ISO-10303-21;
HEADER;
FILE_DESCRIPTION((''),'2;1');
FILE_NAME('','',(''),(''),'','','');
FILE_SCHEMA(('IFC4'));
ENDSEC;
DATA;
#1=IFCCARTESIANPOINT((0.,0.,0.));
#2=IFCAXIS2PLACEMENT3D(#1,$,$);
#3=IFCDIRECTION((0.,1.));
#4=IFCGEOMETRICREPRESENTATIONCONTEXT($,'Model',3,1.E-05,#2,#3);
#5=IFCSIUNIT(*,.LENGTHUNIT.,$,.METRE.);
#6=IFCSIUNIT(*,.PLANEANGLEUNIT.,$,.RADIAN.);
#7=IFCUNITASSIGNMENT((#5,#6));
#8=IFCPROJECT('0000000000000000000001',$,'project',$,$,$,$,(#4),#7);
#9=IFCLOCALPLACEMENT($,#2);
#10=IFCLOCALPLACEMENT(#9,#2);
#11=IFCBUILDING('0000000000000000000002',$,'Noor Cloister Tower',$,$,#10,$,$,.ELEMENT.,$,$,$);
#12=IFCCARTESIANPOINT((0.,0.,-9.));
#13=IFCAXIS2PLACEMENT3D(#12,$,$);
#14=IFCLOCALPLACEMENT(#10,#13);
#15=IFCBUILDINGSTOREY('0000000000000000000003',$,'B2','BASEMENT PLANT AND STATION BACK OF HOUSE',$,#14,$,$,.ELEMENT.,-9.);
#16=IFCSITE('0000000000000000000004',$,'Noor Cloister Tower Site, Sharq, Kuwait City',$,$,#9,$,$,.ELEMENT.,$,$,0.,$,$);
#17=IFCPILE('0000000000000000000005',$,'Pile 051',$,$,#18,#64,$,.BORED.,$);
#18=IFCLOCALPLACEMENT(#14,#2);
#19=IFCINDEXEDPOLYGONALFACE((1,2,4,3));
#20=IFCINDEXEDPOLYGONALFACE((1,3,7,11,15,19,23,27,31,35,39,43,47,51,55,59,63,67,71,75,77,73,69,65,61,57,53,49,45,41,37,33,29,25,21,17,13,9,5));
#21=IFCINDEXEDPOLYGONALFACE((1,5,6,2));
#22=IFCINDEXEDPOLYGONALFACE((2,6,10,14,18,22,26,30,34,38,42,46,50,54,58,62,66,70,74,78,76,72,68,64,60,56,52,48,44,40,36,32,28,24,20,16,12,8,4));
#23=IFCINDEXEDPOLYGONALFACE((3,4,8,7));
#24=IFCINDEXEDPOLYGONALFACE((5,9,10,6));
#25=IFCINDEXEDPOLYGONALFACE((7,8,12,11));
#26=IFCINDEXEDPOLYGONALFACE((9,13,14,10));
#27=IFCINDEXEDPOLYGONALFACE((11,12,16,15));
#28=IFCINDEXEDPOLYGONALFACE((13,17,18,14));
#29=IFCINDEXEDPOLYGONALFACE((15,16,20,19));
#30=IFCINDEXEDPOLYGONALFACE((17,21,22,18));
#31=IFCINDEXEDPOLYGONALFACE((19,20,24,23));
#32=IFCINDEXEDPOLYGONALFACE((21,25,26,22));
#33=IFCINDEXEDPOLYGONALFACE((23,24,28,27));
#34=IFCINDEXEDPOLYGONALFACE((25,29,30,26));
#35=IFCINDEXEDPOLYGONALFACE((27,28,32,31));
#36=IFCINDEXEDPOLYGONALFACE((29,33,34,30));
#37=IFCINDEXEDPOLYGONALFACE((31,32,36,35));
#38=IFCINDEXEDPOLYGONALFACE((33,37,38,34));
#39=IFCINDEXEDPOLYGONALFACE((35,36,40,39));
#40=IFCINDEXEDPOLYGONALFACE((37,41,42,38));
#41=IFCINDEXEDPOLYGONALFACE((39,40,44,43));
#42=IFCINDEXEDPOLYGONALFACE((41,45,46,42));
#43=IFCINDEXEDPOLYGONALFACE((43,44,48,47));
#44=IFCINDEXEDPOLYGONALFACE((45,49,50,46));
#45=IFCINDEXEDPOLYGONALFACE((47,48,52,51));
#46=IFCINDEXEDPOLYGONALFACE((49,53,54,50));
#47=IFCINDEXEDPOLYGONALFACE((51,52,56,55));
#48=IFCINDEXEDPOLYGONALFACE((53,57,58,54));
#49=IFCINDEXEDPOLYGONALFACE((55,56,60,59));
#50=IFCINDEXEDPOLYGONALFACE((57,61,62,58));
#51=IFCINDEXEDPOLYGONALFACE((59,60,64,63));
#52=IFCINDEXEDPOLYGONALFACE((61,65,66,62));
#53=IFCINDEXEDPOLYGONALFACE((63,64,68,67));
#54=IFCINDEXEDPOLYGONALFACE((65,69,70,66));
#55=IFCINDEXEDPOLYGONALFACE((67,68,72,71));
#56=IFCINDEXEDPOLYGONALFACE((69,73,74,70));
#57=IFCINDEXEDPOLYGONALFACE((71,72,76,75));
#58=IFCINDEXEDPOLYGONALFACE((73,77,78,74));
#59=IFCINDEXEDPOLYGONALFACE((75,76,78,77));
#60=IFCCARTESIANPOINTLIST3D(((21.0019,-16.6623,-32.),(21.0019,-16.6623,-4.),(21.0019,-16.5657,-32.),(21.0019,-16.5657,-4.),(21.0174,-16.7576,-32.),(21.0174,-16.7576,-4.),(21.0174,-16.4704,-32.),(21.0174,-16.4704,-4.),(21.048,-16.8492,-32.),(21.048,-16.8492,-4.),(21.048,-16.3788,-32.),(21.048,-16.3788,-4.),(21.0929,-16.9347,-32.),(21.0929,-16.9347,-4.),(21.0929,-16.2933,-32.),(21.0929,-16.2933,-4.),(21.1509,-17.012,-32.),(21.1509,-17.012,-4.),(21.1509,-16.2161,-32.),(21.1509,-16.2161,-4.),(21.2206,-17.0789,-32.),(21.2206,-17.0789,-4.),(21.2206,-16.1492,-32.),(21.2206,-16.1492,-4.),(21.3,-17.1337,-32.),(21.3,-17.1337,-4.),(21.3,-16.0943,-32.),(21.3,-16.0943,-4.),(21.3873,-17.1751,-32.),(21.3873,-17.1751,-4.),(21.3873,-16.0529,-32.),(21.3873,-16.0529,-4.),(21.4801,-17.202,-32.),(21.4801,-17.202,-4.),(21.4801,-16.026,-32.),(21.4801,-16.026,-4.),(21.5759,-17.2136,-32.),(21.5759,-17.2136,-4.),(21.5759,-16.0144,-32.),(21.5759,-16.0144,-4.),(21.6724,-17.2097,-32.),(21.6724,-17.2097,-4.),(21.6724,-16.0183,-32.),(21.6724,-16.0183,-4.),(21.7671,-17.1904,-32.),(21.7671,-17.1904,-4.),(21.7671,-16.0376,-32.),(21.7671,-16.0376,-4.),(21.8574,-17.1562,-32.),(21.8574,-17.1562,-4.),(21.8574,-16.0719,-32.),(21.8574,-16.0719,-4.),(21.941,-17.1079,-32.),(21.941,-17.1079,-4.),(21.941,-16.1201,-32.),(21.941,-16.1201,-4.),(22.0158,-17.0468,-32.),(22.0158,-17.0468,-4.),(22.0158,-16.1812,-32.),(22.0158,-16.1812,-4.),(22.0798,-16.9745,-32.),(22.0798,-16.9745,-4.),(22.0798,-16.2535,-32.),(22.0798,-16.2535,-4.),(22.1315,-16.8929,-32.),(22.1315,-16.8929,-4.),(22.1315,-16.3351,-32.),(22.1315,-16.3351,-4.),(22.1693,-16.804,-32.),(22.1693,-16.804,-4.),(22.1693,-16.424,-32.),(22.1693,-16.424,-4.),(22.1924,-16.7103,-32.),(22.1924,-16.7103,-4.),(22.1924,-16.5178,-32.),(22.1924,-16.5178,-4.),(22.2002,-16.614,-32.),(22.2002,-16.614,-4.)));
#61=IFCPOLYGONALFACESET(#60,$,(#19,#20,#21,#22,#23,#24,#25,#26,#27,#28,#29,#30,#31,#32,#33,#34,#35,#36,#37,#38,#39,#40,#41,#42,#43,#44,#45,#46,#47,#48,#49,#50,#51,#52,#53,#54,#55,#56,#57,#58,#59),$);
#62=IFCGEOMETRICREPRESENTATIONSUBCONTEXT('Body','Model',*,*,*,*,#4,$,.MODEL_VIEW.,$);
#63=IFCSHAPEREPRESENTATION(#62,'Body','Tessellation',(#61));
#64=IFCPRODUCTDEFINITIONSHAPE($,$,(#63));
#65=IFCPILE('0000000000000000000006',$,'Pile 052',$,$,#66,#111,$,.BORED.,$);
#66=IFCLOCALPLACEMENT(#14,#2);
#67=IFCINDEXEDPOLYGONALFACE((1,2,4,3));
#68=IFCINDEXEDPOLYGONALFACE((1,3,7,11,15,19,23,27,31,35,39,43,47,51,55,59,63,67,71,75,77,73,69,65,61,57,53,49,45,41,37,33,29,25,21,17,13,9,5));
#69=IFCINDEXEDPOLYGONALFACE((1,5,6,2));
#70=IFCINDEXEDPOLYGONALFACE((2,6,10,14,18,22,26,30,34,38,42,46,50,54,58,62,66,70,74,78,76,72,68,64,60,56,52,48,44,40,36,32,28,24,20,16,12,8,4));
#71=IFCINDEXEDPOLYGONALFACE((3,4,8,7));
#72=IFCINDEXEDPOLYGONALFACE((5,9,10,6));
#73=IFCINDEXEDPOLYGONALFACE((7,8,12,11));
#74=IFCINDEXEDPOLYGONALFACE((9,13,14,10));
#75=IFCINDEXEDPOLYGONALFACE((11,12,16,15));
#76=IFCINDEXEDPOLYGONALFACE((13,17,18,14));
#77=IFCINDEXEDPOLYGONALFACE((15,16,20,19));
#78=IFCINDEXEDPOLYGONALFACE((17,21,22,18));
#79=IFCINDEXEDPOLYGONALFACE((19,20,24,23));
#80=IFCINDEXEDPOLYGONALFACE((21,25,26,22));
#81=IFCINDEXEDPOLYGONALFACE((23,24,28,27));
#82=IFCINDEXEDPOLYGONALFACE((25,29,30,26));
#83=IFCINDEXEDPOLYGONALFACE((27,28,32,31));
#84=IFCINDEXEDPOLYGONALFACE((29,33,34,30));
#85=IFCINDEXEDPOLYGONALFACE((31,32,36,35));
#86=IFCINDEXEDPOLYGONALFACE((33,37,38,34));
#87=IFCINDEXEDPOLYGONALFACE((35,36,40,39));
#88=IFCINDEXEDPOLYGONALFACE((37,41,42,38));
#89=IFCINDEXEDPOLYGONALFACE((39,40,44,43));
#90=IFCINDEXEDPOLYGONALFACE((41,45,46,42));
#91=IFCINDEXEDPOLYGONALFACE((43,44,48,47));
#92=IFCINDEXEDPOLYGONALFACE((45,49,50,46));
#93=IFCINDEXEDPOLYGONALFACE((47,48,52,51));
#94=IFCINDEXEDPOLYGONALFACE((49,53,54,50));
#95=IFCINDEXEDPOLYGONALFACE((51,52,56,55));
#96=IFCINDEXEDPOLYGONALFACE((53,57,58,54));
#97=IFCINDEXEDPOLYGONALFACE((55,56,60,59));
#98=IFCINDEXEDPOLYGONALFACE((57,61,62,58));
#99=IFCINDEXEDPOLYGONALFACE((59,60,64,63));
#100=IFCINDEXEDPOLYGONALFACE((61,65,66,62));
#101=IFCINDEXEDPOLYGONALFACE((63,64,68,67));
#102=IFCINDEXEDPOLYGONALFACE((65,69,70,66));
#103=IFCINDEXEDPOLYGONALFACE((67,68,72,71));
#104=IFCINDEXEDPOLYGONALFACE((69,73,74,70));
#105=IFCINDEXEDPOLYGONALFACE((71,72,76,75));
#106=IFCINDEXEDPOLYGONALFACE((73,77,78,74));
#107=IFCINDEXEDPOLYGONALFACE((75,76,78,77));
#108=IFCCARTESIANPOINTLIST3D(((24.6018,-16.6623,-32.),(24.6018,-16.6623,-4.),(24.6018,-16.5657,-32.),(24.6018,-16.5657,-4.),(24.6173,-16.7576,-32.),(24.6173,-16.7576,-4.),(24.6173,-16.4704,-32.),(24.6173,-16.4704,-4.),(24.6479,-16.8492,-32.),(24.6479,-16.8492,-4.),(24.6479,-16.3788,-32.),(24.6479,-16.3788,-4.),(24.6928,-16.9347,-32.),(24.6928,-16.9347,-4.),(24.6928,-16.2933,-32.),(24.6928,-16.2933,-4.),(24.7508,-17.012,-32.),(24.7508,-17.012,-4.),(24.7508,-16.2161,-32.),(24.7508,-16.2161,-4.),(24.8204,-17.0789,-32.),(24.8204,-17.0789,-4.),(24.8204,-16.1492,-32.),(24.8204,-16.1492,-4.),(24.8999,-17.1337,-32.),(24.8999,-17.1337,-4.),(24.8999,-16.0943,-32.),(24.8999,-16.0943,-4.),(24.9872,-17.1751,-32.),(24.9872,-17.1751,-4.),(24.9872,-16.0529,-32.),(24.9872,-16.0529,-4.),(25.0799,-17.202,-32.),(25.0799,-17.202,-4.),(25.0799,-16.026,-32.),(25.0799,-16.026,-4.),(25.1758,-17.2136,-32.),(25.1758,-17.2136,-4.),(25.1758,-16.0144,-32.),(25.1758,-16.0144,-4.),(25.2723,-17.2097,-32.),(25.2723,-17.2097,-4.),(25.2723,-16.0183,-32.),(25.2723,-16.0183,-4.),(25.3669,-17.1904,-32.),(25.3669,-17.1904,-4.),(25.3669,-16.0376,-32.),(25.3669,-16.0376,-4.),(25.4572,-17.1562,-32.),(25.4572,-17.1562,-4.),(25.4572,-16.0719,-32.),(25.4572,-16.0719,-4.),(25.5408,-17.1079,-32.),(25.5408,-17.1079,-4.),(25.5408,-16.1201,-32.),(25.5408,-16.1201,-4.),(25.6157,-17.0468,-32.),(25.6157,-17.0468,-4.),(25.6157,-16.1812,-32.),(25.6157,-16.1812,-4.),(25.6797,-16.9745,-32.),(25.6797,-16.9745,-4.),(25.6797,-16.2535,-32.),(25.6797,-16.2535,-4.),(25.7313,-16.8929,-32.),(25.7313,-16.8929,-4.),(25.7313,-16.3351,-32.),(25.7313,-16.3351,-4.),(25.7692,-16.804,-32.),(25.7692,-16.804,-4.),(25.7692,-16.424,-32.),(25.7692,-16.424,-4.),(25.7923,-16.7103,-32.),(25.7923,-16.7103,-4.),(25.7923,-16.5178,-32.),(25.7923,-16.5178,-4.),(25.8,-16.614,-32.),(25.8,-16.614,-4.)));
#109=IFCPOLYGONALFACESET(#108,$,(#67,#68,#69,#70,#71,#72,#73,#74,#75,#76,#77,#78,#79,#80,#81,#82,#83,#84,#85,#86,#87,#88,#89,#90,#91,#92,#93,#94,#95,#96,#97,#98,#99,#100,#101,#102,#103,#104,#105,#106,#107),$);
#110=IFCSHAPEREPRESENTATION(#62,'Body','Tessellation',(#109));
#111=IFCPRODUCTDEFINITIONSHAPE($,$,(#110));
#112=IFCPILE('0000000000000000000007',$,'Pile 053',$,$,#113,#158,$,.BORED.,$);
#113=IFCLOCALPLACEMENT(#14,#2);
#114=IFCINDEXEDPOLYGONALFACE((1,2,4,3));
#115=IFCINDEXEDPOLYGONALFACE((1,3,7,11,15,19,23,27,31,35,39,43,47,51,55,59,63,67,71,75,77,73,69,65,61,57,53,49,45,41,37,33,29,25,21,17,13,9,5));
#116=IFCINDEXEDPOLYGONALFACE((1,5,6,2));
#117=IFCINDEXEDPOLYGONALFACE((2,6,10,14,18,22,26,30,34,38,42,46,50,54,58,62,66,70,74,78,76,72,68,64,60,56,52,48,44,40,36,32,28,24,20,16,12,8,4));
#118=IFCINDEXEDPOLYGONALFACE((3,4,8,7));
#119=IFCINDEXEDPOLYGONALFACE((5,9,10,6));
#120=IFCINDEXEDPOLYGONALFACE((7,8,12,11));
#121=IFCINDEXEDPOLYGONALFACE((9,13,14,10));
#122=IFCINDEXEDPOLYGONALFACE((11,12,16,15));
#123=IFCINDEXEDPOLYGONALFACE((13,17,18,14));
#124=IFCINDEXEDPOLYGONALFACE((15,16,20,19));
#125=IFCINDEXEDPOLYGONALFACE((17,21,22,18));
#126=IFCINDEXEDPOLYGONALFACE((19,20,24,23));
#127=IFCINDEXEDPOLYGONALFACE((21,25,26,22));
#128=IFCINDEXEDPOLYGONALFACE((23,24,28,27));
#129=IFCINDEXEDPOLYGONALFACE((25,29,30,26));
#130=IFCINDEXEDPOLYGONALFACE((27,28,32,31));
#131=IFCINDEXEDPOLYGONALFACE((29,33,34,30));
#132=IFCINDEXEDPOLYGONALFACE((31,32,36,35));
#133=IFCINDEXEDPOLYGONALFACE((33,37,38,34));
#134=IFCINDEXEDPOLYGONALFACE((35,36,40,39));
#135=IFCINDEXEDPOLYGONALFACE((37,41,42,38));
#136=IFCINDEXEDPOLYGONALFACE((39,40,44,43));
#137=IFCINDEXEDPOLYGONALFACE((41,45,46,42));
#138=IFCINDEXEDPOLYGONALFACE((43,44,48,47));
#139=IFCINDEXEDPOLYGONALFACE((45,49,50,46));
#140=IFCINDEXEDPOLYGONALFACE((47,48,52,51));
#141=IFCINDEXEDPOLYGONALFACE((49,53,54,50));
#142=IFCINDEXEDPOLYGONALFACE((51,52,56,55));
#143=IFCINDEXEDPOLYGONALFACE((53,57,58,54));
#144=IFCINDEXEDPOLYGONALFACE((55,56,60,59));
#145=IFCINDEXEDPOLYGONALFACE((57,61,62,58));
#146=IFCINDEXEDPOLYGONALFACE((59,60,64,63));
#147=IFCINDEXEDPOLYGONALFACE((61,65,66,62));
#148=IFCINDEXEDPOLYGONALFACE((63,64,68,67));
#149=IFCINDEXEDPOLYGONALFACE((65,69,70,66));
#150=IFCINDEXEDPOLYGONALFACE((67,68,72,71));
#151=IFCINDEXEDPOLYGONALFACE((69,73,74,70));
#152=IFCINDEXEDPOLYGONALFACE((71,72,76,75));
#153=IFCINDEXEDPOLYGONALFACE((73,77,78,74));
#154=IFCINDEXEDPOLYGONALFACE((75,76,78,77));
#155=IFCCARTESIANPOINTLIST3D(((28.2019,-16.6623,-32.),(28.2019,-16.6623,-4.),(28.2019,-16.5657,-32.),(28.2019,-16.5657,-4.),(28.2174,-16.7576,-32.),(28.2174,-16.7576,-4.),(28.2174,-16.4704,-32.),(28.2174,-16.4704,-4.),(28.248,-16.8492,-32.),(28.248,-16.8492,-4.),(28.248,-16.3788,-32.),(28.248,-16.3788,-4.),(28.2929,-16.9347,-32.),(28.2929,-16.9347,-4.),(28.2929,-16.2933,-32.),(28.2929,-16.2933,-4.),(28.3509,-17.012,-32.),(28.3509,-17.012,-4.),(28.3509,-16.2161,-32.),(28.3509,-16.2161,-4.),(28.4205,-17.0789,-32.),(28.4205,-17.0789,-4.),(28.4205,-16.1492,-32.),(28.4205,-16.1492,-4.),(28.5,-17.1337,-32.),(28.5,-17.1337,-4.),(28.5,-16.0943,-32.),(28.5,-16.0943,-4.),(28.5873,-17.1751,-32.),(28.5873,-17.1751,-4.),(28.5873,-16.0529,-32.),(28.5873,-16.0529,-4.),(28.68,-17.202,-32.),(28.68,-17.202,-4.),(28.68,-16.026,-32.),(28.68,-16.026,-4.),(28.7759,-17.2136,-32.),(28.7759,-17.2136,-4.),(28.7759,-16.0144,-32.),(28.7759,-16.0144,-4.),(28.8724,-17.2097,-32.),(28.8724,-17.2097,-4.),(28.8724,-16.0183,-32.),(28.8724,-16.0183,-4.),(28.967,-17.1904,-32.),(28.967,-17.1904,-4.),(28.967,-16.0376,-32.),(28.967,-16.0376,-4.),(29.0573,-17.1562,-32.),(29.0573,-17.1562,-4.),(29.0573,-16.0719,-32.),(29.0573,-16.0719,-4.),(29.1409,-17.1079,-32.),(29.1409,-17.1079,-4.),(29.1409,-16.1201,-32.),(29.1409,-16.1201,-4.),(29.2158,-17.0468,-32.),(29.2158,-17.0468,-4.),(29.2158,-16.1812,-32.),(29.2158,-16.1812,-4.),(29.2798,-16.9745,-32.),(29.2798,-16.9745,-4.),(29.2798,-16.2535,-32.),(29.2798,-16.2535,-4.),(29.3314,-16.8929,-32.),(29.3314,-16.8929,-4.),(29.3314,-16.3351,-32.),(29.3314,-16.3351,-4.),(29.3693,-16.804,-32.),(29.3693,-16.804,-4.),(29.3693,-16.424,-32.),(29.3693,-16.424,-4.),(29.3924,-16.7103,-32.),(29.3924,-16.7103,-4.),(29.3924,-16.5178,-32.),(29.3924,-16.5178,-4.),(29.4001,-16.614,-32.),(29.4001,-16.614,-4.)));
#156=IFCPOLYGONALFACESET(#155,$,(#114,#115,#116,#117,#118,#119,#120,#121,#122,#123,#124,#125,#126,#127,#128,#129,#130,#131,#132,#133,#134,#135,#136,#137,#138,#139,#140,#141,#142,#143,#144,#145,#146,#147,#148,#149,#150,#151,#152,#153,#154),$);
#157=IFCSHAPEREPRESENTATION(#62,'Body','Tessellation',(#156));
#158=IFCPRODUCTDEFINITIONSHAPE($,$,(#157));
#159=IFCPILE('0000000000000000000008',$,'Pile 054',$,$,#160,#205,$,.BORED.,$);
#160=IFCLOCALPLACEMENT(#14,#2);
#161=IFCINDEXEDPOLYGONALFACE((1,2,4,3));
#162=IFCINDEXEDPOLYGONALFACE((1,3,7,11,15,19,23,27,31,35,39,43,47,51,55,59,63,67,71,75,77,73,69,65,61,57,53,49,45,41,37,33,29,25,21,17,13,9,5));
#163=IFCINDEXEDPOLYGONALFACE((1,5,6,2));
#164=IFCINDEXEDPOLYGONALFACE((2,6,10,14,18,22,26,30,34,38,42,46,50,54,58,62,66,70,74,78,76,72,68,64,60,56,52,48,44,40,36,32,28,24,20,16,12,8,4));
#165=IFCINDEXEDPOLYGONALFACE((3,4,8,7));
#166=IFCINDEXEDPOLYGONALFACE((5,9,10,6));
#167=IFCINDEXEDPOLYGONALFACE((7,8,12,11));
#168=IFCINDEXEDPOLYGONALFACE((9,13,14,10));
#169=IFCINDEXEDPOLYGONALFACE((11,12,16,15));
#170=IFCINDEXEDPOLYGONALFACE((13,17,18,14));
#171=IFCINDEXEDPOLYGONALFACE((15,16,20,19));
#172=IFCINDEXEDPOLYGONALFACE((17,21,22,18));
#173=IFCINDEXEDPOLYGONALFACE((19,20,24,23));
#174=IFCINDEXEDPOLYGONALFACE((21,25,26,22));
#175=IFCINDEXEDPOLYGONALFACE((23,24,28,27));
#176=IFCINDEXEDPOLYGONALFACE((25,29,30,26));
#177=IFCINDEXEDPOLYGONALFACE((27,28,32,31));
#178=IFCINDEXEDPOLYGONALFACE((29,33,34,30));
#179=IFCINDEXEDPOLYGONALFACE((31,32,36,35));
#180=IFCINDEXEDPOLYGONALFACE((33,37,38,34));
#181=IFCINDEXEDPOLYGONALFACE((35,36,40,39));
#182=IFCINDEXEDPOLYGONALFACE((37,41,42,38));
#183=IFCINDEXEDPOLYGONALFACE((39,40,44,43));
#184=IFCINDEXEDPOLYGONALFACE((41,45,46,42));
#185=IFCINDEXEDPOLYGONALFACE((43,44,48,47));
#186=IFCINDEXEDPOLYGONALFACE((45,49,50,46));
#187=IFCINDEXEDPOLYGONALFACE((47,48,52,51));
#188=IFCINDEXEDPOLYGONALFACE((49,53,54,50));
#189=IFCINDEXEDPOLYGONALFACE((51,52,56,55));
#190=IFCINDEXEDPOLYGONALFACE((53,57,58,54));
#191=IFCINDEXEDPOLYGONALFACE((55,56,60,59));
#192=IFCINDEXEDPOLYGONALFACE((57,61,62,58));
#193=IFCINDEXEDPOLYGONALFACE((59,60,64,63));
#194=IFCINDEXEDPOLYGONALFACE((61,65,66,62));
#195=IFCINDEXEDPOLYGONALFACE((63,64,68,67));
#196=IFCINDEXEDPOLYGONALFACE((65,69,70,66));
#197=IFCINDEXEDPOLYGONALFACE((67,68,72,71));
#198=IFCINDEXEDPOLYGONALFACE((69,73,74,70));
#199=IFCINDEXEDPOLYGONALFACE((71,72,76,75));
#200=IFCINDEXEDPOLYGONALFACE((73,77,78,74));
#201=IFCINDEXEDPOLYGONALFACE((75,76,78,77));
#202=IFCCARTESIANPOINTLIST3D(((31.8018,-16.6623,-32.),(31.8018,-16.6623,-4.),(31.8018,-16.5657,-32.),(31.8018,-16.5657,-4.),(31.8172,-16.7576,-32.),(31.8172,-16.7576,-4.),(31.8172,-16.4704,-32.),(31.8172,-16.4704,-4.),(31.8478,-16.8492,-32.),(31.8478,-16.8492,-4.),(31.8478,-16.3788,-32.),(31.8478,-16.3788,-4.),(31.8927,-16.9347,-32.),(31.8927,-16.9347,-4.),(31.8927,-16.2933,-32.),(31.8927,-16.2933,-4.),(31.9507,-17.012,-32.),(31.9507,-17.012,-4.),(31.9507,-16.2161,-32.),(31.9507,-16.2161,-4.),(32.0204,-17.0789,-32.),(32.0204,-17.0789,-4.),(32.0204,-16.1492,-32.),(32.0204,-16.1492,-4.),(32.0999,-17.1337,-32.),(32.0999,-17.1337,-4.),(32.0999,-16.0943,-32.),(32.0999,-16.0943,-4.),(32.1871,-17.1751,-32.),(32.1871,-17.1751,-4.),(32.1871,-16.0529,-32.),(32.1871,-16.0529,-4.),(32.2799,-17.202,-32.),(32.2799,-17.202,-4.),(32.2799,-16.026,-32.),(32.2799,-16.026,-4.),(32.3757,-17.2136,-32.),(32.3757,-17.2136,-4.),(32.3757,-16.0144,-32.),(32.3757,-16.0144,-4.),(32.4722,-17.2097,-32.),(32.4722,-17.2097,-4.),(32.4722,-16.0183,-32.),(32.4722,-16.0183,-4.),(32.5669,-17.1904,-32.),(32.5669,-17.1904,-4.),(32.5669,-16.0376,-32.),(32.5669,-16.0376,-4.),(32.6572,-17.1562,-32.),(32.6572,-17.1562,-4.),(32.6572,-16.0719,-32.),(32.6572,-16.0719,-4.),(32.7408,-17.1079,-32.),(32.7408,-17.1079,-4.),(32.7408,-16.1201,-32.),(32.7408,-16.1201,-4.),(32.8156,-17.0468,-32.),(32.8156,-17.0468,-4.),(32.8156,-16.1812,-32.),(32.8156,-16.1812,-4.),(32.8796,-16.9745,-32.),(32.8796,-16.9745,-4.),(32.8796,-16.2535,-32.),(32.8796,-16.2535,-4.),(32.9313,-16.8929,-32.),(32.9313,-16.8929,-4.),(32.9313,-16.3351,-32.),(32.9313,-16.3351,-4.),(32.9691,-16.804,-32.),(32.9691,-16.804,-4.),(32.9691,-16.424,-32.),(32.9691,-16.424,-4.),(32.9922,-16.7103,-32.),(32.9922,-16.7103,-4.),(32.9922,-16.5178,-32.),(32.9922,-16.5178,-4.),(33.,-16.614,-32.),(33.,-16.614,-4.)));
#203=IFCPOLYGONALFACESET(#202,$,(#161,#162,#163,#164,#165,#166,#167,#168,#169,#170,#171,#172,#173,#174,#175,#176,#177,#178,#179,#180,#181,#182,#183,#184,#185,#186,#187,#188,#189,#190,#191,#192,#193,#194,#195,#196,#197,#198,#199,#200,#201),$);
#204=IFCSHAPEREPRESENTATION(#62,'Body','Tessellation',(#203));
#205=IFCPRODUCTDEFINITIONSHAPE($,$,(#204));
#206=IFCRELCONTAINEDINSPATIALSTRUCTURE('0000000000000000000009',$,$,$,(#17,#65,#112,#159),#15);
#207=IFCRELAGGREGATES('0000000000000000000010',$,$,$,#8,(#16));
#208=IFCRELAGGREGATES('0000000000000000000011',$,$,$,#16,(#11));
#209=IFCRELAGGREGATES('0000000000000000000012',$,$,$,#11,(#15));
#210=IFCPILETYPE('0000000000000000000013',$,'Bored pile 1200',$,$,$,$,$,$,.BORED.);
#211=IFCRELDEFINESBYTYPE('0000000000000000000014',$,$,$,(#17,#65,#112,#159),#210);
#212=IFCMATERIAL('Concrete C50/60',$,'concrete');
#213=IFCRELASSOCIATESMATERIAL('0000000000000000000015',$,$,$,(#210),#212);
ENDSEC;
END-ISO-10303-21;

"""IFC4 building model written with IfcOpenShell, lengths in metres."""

from ifc_helpers import new_model, si_unit, direction, frame, origin, origin_2d, place, context, subcontext, project, spatial, circle, extrude, material, material_profile, profile_set, type_object, element, save


model = new_model("IFC4")

# Units and contexts
model_context = context("Model", 3, precision=1e-05, world=origin(), true_north=direction((0.0, 1.0)))
body_context = subcontext(model_context, "Body", "Model", "MODEL_VIEW")
ifc_project = project(units=[si_unit("LENGTHUNIT", "METRE"), si_unit("PLANEANGLEUNIT", "RADIAN")], contexts=[model_context])

# Site, building, storey
site_placement = place(None, origin())
site = spatial("IfcSite", under=ifc_project, at=site_placement, Name="Noor Cloister Tower Site, Sharq, Kuwait City", CompositionType="ELEMENT", RefElevation=0.0)
building_placement = place(site_placement, origin())
building = spatial("IfcBuilding", under=site, at=building_placement, Name="Noor Cloister Tower", CompositionType="ELEMENT")
storey_placement = place(building_placement, frame((0.0, 0.0, -9.0)))
storey = spatial("IfcBuildingStorey", under=building, at=storey_placement, Name="B2", Description="BASEMENT PLANT AND STATION BACK OF HOUSE", CompositionType="ELEMENT", Elevation=-9.0)

# Piles
ifc_material_1 = material(Name="Concrete C50/60", Category="concrete")
ifc_material_profile_1 = material_profile(ifc_material_1, circle(Radius=0.6001, at=origin_2d()), Name="Bored pile 1200")
ifc_profile_set_1 = profile_set([ifc_material_profile_1], Name="Concrete C50/60")
pile_type = type_object("IfcPileType", Name="Bored pile 1200", PredefinedType="BORED", material=ifc_profile_set_1)
for number, where, z_axis, x_axis, name in (
    (1, (21.6001, -16.614, -4.0), (0.0, 0.0, -1.0), (1.0, 0.0, 0.0), "Pile 051"),
    (2, (25.2, -16.614, -4.0), (0.0, 0.0, -1.0), (1.0, 0.0, 0.0), "Pile 052"),
    (3, (28.8, -16.614, -4.0), (0.0, 0.0, -1.0), (1.0, 0.0, 0.0), "Pile 053"),
    (4, (32.3999, -16.614, -4.0), (0.0, 0.0, -1.0), (1.0, 0.0, 0.0), "Pile 054"),
):
    element("IfcPile", number, at=place(storey_placement, frame(where, z_axis=z_axis, x_axis=x_axis)), inside=storey, type_object=pile_type, Name=name, PredefinedType="BORED", context=body_context, shape_type="SweptSolid", body=[
        extrude(circle(Radius=0.6001, at=origin_2d()), origin(), (0.0, 0.0, 1.0), 28.0),
    ])

save(model, "model.ifc")
